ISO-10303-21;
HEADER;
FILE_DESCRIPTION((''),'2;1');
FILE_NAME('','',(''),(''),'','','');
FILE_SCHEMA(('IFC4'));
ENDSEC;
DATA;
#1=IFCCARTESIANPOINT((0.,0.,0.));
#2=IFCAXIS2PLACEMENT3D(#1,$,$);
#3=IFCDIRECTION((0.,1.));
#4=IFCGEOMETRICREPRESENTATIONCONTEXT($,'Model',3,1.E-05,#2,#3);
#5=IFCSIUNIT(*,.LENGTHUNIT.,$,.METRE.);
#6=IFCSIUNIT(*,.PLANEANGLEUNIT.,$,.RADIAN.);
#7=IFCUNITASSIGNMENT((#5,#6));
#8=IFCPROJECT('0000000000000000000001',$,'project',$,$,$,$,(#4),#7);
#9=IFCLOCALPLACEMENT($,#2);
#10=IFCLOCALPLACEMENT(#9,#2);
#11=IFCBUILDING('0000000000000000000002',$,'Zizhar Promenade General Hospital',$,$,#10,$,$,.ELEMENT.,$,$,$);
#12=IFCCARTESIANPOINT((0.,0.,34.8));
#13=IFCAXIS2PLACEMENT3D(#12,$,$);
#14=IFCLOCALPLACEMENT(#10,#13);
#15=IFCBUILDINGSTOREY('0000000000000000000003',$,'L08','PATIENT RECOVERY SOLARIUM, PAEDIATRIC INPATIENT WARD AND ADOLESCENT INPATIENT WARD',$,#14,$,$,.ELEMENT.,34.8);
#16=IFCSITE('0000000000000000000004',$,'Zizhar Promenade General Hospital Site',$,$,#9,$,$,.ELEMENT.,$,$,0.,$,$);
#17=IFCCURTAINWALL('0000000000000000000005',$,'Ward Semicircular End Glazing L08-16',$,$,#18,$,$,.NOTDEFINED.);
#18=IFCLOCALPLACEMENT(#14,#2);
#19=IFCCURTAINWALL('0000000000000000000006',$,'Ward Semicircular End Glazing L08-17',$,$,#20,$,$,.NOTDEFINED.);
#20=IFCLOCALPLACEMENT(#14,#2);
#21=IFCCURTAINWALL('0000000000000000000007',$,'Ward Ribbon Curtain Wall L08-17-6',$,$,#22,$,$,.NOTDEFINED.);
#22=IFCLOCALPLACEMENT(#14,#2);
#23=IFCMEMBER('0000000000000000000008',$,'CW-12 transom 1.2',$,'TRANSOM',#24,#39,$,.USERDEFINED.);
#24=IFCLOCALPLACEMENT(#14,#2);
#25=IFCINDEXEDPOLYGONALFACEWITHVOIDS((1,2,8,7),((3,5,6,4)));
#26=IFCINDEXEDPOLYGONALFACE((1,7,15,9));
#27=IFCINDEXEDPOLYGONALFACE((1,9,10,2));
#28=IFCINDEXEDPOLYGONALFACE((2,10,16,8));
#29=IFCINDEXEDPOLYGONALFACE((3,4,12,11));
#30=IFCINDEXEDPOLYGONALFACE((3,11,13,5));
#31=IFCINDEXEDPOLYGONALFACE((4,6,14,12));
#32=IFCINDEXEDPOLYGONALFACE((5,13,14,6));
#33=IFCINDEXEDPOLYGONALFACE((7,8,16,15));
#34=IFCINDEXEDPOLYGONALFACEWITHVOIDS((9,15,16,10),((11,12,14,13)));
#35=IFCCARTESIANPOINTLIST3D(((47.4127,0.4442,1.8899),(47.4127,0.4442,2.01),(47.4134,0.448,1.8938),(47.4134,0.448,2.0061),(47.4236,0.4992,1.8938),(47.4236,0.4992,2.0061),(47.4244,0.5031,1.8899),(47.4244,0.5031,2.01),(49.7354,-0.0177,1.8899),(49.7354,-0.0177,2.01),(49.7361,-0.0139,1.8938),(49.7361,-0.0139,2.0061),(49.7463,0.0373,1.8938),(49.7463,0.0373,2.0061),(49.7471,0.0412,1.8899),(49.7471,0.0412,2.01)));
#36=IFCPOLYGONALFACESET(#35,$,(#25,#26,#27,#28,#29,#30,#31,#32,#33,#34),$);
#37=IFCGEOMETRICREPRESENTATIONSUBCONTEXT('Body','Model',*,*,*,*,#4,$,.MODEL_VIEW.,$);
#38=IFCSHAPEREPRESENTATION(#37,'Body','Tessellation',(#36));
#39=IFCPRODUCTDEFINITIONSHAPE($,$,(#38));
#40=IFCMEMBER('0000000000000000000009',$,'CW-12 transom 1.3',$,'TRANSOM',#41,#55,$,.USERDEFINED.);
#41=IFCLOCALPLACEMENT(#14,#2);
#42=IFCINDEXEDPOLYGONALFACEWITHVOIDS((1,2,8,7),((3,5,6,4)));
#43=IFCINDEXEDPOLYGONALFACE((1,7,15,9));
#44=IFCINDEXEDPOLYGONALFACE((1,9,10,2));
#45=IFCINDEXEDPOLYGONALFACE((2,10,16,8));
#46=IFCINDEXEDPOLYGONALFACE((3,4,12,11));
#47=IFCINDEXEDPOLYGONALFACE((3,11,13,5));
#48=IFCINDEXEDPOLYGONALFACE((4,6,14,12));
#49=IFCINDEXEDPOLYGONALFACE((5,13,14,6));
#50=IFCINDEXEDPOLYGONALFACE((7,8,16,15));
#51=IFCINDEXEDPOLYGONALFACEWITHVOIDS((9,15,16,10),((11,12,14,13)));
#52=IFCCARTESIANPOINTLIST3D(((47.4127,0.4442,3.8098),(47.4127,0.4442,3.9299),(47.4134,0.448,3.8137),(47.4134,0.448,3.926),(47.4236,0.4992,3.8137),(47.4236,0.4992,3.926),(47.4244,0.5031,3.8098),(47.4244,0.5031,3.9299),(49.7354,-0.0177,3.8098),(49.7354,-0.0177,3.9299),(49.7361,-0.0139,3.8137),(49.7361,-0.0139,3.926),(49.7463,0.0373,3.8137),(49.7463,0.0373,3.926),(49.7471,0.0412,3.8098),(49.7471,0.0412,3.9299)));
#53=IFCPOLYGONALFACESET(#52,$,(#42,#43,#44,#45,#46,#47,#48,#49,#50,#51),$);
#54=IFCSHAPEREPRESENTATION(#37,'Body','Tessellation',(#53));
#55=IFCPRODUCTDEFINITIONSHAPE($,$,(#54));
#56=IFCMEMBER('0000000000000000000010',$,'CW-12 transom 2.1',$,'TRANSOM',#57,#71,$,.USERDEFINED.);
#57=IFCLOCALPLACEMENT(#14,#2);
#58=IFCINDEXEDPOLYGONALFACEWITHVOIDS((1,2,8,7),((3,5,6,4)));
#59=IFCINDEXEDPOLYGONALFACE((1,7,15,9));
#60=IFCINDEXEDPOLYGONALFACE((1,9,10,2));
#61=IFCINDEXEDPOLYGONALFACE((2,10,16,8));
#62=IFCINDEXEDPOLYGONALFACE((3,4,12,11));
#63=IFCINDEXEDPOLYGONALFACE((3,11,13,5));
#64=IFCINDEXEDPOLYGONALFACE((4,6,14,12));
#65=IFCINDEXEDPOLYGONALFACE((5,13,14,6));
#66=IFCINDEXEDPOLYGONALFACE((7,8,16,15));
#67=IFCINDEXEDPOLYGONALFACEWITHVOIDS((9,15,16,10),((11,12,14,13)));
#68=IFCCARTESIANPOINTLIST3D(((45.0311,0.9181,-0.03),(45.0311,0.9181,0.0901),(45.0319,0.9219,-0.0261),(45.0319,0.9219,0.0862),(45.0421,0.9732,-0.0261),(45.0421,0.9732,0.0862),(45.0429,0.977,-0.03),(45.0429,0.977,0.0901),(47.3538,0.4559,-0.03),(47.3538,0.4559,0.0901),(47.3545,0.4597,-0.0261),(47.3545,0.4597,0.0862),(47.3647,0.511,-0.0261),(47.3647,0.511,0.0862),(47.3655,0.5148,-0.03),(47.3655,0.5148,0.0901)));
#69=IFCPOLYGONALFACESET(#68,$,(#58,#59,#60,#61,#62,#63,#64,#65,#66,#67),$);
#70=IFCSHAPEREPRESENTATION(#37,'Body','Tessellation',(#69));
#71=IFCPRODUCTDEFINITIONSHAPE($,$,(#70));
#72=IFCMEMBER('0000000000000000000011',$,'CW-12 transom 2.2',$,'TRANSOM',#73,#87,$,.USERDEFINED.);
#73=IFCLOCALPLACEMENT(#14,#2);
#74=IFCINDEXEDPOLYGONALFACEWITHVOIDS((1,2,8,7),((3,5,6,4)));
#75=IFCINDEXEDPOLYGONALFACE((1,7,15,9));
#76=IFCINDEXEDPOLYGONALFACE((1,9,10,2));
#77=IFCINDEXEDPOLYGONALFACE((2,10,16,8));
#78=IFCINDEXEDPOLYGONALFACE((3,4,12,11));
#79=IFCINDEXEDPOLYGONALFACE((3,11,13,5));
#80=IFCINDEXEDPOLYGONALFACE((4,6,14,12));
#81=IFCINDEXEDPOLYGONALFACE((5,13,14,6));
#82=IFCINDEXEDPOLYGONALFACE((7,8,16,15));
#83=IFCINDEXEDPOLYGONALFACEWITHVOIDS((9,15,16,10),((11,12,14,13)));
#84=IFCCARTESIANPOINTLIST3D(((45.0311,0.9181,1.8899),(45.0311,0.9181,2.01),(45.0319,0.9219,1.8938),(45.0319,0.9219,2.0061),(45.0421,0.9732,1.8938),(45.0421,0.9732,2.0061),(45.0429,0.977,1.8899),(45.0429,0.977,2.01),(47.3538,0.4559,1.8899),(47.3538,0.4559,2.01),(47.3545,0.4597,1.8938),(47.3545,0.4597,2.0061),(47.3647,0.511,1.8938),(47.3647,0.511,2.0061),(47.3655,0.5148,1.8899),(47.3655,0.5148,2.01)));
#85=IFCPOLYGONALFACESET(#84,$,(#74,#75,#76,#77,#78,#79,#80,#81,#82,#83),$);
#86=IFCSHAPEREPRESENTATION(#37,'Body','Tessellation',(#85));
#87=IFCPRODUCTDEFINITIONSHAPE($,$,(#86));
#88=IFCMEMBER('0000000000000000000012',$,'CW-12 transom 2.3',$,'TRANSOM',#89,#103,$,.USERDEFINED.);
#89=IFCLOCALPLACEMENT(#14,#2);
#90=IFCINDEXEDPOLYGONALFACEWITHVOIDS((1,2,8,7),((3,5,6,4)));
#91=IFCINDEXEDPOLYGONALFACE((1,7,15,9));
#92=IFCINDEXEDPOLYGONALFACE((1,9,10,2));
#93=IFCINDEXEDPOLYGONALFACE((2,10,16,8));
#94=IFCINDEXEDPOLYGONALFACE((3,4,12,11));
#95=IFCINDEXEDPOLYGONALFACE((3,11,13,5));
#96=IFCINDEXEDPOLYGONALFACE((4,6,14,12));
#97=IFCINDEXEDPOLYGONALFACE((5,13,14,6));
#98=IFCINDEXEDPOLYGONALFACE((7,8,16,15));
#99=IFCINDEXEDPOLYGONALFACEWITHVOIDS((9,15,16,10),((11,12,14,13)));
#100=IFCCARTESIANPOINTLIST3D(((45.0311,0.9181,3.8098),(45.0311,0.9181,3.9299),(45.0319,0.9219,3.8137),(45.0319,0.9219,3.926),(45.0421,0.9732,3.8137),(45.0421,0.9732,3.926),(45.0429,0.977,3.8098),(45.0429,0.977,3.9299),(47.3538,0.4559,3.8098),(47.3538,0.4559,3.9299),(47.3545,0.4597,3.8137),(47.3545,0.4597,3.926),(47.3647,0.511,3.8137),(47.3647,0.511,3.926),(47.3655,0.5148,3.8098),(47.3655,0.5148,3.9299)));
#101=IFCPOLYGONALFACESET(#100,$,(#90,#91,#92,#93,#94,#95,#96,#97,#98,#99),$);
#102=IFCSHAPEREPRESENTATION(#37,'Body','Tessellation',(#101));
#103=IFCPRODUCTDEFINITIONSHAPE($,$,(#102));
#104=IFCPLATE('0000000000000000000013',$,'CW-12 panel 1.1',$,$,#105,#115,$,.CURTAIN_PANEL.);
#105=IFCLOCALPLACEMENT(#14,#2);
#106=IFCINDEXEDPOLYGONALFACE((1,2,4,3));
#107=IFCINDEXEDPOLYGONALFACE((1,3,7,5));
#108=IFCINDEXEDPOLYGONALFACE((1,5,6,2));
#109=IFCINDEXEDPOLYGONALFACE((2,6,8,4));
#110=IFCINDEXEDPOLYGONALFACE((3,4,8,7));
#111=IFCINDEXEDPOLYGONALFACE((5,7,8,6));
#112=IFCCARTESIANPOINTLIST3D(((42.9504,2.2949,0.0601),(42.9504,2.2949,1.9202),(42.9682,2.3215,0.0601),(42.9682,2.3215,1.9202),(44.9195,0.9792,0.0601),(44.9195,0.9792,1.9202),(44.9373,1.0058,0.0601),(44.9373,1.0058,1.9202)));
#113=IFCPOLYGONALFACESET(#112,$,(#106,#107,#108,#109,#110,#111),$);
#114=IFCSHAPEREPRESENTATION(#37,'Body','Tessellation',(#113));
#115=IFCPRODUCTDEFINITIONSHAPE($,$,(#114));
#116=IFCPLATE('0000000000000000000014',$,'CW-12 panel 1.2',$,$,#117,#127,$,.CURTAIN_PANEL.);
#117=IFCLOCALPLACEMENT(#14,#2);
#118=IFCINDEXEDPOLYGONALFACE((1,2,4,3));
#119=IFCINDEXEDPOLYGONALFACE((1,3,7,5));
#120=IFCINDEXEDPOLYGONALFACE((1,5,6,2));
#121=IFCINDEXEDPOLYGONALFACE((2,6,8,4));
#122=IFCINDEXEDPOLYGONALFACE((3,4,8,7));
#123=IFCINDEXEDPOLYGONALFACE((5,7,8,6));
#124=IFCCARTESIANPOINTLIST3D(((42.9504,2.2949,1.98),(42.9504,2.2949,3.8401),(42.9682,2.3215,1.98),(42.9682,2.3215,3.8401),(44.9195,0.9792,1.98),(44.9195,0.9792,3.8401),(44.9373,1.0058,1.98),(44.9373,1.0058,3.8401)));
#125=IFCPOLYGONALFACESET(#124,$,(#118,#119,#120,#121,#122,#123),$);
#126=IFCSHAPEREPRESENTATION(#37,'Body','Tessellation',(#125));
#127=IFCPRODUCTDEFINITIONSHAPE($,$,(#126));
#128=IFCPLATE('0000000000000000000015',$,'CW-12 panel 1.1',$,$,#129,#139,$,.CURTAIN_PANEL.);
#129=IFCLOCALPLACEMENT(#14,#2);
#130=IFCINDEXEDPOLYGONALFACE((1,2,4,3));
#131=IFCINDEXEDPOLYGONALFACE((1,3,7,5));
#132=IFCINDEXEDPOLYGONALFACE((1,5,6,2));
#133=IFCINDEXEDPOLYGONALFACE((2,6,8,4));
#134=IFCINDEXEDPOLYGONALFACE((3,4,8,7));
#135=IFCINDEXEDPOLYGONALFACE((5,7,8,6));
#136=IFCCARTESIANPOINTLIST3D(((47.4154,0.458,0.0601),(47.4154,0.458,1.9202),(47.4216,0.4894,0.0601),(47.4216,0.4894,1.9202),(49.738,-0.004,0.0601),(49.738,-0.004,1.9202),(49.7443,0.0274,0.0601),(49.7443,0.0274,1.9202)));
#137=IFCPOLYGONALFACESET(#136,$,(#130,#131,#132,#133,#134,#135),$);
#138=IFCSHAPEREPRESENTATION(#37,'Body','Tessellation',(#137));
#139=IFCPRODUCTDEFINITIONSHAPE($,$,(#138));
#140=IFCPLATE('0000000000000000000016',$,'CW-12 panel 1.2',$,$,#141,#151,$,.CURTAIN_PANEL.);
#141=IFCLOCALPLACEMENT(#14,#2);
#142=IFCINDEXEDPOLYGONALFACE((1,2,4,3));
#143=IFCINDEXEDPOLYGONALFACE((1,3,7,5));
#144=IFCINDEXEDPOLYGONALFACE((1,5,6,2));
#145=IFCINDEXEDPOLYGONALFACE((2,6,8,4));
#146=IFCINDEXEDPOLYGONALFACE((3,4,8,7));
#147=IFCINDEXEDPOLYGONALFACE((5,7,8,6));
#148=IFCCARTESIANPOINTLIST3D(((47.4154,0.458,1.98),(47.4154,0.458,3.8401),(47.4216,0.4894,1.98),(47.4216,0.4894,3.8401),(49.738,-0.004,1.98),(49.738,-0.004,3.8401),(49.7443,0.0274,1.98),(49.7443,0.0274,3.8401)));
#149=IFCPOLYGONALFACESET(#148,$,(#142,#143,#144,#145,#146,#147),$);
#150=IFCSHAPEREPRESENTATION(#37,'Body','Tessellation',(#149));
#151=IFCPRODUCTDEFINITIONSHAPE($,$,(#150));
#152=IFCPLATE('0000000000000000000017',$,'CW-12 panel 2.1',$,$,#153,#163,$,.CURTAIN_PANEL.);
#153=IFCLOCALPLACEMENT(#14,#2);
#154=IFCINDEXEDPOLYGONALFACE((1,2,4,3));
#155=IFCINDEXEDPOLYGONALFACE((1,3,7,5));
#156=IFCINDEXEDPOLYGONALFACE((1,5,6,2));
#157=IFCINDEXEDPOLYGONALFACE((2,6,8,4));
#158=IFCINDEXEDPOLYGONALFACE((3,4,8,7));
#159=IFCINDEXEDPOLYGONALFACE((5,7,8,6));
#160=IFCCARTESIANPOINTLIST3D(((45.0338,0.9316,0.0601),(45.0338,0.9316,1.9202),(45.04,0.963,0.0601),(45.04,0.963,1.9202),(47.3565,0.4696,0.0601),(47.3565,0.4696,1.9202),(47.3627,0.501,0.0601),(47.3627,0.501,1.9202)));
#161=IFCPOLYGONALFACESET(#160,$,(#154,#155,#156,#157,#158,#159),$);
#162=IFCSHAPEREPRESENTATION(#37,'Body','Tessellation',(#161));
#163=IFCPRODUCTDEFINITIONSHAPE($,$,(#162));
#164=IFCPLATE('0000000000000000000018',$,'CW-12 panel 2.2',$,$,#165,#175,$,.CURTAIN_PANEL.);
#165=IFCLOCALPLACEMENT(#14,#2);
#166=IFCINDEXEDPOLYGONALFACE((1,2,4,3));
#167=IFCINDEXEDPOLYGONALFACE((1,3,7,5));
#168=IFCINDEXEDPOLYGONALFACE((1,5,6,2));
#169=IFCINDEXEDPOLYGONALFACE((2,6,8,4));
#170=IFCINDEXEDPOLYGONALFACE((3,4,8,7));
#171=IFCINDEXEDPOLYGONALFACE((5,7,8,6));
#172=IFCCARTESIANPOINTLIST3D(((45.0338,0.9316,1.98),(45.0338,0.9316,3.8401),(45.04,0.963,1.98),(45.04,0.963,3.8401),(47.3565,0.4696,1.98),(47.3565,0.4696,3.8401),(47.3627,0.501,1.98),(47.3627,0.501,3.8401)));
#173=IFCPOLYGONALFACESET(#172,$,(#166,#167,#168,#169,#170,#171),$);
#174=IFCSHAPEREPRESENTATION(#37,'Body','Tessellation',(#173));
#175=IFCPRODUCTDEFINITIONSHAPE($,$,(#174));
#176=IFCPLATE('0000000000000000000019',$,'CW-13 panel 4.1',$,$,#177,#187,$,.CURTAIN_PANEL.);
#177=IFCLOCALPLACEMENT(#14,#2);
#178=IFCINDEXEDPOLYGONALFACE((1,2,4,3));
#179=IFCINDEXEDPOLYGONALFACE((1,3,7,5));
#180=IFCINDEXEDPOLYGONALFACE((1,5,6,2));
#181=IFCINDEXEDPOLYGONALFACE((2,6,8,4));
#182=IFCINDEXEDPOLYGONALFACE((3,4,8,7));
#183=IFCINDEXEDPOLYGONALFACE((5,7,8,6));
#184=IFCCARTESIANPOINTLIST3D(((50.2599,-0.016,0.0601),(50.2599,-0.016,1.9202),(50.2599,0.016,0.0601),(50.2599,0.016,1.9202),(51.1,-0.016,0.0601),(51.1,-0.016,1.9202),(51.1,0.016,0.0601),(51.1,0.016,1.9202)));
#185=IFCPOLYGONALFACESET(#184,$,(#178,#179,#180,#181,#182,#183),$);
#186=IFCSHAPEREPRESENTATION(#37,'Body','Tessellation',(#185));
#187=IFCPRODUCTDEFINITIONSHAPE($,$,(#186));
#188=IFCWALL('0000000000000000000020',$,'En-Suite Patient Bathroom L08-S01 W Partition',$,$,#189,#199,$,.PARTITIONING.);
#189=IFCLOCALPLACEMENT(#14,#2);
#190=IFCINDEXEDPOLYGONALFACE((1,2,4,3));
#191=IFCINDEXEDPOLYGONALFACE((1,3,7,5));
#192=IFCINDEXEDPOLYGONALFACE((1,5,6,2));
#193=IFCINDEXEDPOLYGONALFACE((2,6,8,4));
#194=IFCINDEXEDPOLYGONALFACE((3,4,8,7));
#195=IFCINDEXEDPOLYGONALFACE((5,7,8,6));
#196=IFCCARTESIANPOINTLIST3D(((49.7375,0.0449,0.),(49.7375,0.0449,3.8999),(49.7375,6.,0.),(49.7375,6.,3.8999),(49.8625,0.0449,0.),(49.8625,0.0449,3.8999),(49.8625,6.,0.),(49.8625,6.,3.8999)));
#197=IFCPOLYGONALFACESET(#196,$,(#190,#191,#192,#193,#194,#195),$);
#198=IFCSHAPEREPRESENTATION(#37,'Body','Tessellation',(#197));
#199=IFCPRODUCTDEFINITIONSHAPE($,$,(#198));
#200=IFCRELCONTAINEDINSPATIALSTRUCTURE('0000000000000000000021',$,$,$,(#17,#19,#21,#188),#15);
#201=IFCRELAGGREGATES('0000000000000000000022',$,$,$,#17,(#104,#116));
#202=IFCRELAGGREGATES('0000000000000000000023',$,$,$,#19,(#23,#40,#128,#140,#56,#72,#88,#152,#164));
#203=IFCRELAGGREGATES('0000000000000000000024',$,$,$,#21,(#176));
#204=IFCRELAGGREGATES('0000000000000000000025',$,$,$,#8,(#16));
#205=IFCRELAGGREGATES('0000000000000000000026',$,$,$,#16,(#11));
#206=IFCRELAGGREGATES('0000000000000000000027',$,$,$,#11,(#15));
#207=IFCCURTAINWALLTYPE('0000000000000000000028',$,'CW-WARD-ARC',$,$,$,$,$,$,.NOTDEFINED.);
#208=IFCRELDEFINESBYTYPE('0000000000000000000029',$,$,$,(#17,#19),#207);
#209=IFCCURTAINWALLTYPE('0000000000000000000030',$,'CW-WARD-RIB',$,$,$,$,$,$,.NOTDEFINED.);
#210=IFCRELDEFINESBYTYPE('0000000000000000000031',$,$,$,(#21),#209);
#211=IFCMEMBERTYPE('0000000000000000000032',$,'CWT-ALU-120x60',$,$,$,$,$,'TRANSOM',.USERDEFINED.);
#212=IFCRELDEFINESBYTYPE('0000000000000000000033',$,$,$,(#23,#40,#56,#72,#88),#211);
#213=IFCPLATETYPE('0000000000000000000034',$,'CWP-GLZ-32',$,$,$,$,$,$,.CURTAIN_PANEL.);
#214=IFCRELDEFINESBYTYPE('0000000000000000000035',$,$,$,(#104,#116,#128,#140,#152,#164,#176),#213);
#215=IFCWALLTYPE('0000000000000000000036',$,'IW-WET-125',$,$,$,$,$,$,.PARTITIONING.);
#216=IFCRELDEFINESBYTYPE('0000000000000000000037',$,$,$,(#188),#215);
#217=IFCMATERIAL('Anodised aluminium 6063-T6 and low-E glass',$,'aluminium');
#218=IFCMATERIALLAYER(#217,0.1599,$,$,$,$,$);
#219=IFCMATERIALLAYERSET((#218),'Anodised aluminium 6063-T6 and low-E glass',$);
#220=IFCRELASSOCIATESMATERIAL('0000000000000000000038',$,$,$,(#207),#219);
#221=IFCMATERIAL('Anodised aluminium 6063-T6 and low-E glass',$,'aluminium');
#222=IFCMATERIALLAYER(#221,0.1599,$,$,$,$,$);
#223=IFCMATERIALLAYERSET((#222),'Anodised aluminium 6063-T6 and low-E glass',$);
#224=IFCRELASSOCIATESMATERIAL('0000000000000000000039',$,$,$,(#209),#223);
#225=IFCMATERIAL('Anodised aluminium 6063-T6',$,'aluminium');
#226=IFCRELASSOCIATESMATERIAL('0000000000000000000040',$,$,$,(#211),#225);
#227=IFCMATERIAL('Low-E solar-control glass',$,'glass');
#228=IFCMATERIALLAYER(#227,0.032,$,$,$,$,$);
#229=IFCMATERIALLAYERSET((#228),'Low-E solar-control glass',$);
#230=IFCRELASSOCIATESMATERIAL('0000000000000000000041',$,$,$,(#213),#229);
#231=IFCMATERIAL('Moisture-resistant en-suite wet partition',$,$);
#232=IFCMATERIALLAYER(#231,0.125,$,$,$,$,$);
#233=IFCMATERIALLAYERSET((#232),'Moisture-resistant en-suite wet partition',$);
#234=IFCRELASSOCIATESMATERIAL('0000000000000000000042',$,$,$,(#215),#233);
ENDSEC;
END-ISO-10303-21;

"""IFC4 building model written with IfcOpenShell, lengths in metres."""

from ifc_helpers import new_model, si_unit, direction, frame, frame_2d, origin, origin_2d, place, context, subcontext, project, spatial, rectangle, hollow_rectangle, extrude, material, layer, layer_set, material_profile, profile_set, type_object, element, aggregate, save


model = new_model("IFC4")

# Units and contexts
model_context = context("Model", 3, precision=1e-05, world=origin(), true_north=direction((0.0, 1.0)))
body_context = subcontext(model_context, "Body", "Model", "MODEL_VIEW")
ifc_project = project(units=[si_unit("LENGTHUNIT", "METRE"), si_unit("PLANEANGLEUNIT", "RADIAN")], contexts=[model_context])

# Site, building, storey
site_placement = place(None, origin())
site = spatial("IfcSite", under=ifc_project, at=site_placement, Name="Zizhar Promenade General Hospital Site", CompositionType="ELEMENT", RefElevation=0.0)
building_placement = place(site_placement, origin())
building = spatial("IfcBuilding", under=site, at=building_placement, Name="Zizhar Promenade General Hospital", CompositionType="ELEMENT")
storey_placement = place(building_placement, frame((0.0, 0.0, 34.8)))
storey = spatial("IfcBuildingStorey", under=building, at=storey_placement, Name="L08", Description="PATIENT RECOVERY SOLARIUM, PAEDIATRIC INPATIENT WARD AND ADOLESCENT INPATIENT WARD", CompositionType="ELEMENT", Elevation=34.8)

# Curtain walls
ifc_material_1 = material(Name="Anodised aluminium 6063-T6 and low-E glass", Category="aluminium")
ifc_layer_1 = layer(ifc_material_1, 0.1599)
ifc_layer_set_1 = layer_set([ifc_layer_1], Name="Anodised aluminium 6063-T6 and low-E glass")
curtain_wall_type_1 = type_object("IfcCurtainWallType", Name="CW-WARD-ARC", PredefinedType="NOTDEFINED", material=ifc_layer_set_1)
curtain_wall_1_placement = place(storey_placement, origin())
curtain_wall_1 = element("IfcCurtainWall", 1, at=curtain_wall_1_placement, inside=storey, type_object=curtain_wall_type_1, Name="Ward Semicircular End Glazing L08-16", PredefinedType="NOTDEFINED")
curtain_wall_2_placement = place(storey_placement, origin())
curtain_wall_2 = element("IfcCurtainWall", 2, at=curtain_wall_2_placement, inside=storey, type_object=curtain_wall_type_1, Name="Ward Semicircular End Glazing L08-17", PredefinedType="NOTDEFINED")

# Curtain wall
ifc_material_2 = material(Name="Anodised aluminium 6063-T6 and low-E glass", Category="aluminium")
ifc_layer_2 = layer(ifc_material_2, 0.1599)
ifc_layer_set_2 = layer_set([ifc_layer_2], Name="Anodised aluminium 6063-T6 and low-E glass")
curtain_wall_type_2 = type_object("IfcCurtainWallType", Name="CW-WARD-RIB", PredefinedType="NOTDEFINED", material=ifc_layer_set_2)
curtain_wall_3_placement = place(storey_placement, origin())
curtain_wall_3 = element("IfcCurtainWall", 3, at=curtain_wall_3_placement, inside=storey, type_object=curtain_wall_type_2, Name="Ward Ribbon Curtain Wall L08-17-6", PredefinedType="NOTDEFINED")

# Members
ifc_material_3 = material(Name="Anodised aluminium 6063-T6", Category="aluminium")
ifc_material_profile_1 = material_profile(ifc_material_3, hollow_rectangle(XDim=0.0601, YDim=0.1201, WallThickness=0.0039, at=origin_2d()))
ifc_profile_set_1 = profile_set([ifc_material_profile_1], Name="Anodised aluminium 6063-T6")
member_type_1 = type_object("IfcMemberType", Name="CWT-ALU-120x60", ElementType="TRANSOM", PredefinedType="USERDEFINED", material=ifc_profile_set_1)
member_1_placement = place(storey_placement, frame((49.7412, 0.0117, 1.95), z_axis=(-0.980794, 0.195045, 0.0), x_axis=(-0.195045, -0.980794, 0.0)))
member_1 = element("IfcMember", 4, at=member_1_placement, type_object=member_type_1, Name="CW-12 transom 1.2", ObjectType="TRANSOM", PredefinedType="USERDEFINED", context=body_context, shape_type="SweptSolid", body=[
    extrude(hollow_rectangle(XDim=0.0601, YDim=0.1201, WallThickness=0.0039, at=origin_2d()), origin(), (0.0, 0.0, 1.0), 2.3682),
])
member_2_placement = place(storey_placement, frame((49.7412, 0.0117, 3.8699), z_axis=(-0.980794, 0.195045, 0.0), x_axis=(-0.195045, -0.980794, 0.0)))
member_2 = element("IfcMember", 5, at=member_2_placement, type_object=member_type_1, Name="CW-12 transom 1.3", ObjectType="TRANSOM", PredefinedType="USERDEFINED", context=body_context, shape_type="SweptSolid", body=[
    extrude(hollow_rectangle(XDim=0.0601, YDim=0.1201, WallThickness=0.0039, at=origin_2d()), origin(), (0.0, 0.0, 1.0), 2.3682),
])
member_3_placement = place(storey_placement, frame((47.3596, 0.4854, 0.03), z_axis=(-0.980771, 0.195164, 0.0), x_axis=(-0.195164, -0.980771, 0.0)))
member_3 = element("IfcMember", 6, at=member_3_placement, type_object=member_type_1, Name="CW-12 transom 2.1", ObjectType="TRANSOM", PredefinedType="USERDEFINED", context=body_context, shape_type="SweptSolid", body=[
    extrude(hollow_rectangle(XDim=0.0601, YDim=0.1201, WallThickness=0.0039, at=origin_2d()), origin(), (0.0, 0.0, 1.0), 2.3682),
])
member_4_placement = place(storey_placement, frame((47.3596, 0.4854, 1.95), z_axis=(-0.980771, 0.195164, 0.0), x_axis=(-0.195164, -0.980771, 0.0)))
member_4 = element("IfcMember", 7, at=member_4_placement, type_object=member_type_1, Name="CW-12 transom 2.2", ObjectType="TRANSOM", PredefinedType="USERDEFINED", context=body_context, shape_type="SweptSolid", body=[
    extrude(hollow_rectangle(XDim=0.0601, YDim=0.1201, WallThickness=0.0039, at=origin_2d()), origin(), (0.0, 0.0, 1.0), 2.3682),
])
member_5_placement = place(storey_placement, frame((47.3596, 0.4854, 3.8699), z_axis=(-0.980771, 0.195164, 0.0), x_axis=(-0.195164, -0.980771, 0.0)))
member_5 = element("IfcMember", 8, at=member_5_placement, type_object=member_type_1, Name="CW-12 transom 2.3", ObjectType="TRANSOM", PredefinedType="USERDEFINED", context=body_context, shape_type="SweptSolid", body=[
    extrude(hollow_rectangle(XDim=0.0601, YDim=0.1201, WallThickness=0.0039, at=origin_2d()), origin(), (0.0, 0.0, 1.0), 2.3682),
])

# Plates
ifc_material_4 = material(Name="Low-E solar-control glass", Category="glass")
ifc_layer_3 = layer(ifc_material_4, 0.032)
ifc_layer_set_3 = layer_set([ifc_layer_3], Name="Low-E solar-control glass")
plate_type = type_object("IfcPlateType", Name="CWP-GLZ-32", PredefinedType="CURTAIN_PANEL", material=ifc_layer_set_3)
plate_1_placement = place(storey_placement, frame((43.9438, 1.6504, 0.0601), z_axis=(0.0, 0.0, 1.0), x_axis=(-0.831462, 0.555582, 0.0)))
plate_1 = element("IfcPlate", 9, at=plate_1_placement, type_object=plate_type, Name="CW-12 panel 1.1", PredefinedType="CURTAIN_PANEL", context=body_context, shape_type="SweptSolid", body=[
    extrude(rectangle(XDim=2.3682, YDim=0.032, at=origin_2d()), origin(), (0.0, 0.0, 1.0), 1.8601),
])
plate_2_placement = place(storey_placement, frame((43.9438, 1.6504, 1.98), z_axis=(0.0, 0.0, 1.0), x_axis=(-0.831462, 0.555582, 0.0)))
plate_2 = element("IfcPlate", 10, at=plate_2_placement, type_object=plate_type, Name="CW-12 panel 1.2", PredefinedType="CURTAIN_PANEL", context=body_context, shape_type="SweptSolid", body=[
    extrude(rectangle(XDim=2.3682, YDim=0.032, at=origin_2d()), origin(), (0.0, 0.0, 1.0), 1.8601),
])
aggregate(curtain_wall_1, [plate_1, plate_2])
plate_3_placement = place(storey_placement, frame((48.5798, 0.2427, 0.0601), z_axis=(0.0, 0.0, 1.0), x_axis=(-0.980786, 0.195087, 0.0)))
plate_3 = element("IfcPlate", 11, at=plate_3_placement, type_object=plate_type, Name="CW-12 panel 1.1", PredefinedType="CURTAIN_PANEL", context=body_context, shape_type="SweptSolid", body=[
    extrude(rectangle(XDim=2.3682, YDim=0.032, at=origin_2d()), origin(), (0.0, 0.0, 1.0), 1.8601),
])
plate_4_placement = place(storey_placement, frame((48.5798, 0.2427, 1.98), z_axis=(0.0, 0.0, 1.0), x_axis=(-0.980786, 0.195087, 0.0)))
plate_4 = element("IfcPlate", 12, at=plate_4_placement, type_object=plate_type, Name="CW-12 panel 1.2", PredefinedType="CURTAIN_PANEL", context=body_context, shape_type="SweptSolid", body=[
    extrude(rectangle(XDim=2.3682, YDim=0.032, at=origin_2d()), origin(), (0.0, 0.0, 1.0), 1.8601),
])
plate_5_placement = place(storey_placement, frame((46.1982, 0.7163, 0.0601), z_axis=(0.0, 0.0, 1.0), x_axis=(-0.980786, 0.195087, 0.0)))
plate_5 = element("IfcPlate", 13, at=plate_5_placement, type_object=plate_type, Name="CW-12 panel 2.1", PredefinedType="CURTAIN_PANEL", context=body_context, shape_type="SweptSolid", body=[
    extrude(rectangle(XDim=2.3682, YDim=0.032, at=origin_2d()), origin(), (0.0, 0.0, 1.0), 1.8601),
])
plate_6_placement = place(storey_placement, frame((46.1982, 0.7163, 1.98), z_axis=(0.0, 0.0, 1.0), x_axis=(-0.980786, 0.195087, 0.0)))
plate_6 = element("IfcPlate", 14, at=plate_6_placement, type_object=plate_type, Name="CW-12 panel 2.2", PredefinedType="CURTAIN_PANEL", context=body_context, shape_type="SweptSolid", body=[
    extrude(rectangle(XDim=2.3682, YDim=0.032, at=origin_2d()), origin(), (0.0, 0.0, 1.0), 1.8601),
])
aggregate(curtain_wall_2, [member_1, member_2, plate_3, plate_4, member_3, member_4, member_5, plate_5, plate_6])
plate_7_placement = place(storey_placement, frame((50.6799, 0.0, 0.0601), z_axis=(0.0, 0.0, 1.0), x_axis=(-1.0, 0.0, 0.0)))
plate_7 = element("IfcPlate", 15, at=plate_7_placement, type_object=plate_type, Name="CW-13 panel 4.1", PredefinedType="CURTAIN_PANEL", context=body_context, shape_type="SweptSolid", body=[
    extrude(rectangle(XDim=0.8401, YDim=0.032, at=origin_2d()), origin(), (0.0, 0.0, 1.0), 1.8601),
])
aggregate(curtain_wall_3, [plate_7])

# Wall
ifc_material_5 = material(Name="Moisture-resistant en-suite wet partition")
ifc_layer_4 = layer(ifc_material_5, 0.125)
ifc_layer_set_4 = layer_set([ifc_layer_4], Name="Moisture-resistant en-suite wet partition")
wall_type = type_object("IfcWallType", Name="IW-WET-125", PredefinedType="PARTITIONING", material=ifc_layer_set_4)
wall_placement = place(storey_placement, frame((49.8, 0.0449, 0.0), z_axis=(0.0, 0.0, 1.0), x_axis=(0.0, 1.0, 0.0)))
element("IfcWall", 16, at=wall_placement, inside=storey, type_object=wall_type, Name="En-Suite Patient Bathroom L08-S01 W Partition", PredefinedType="PARTITIONING", context=body_context, shape_type="SweptSolid", body=[
    extrude(rectangle(XDim=5.9551, YDim=0.125, at=frame_2d((2.9775, 0.0))), origin(), (0.0, 0.0, 1.0), 3.8999),
])

save(model, "model.ifc")
